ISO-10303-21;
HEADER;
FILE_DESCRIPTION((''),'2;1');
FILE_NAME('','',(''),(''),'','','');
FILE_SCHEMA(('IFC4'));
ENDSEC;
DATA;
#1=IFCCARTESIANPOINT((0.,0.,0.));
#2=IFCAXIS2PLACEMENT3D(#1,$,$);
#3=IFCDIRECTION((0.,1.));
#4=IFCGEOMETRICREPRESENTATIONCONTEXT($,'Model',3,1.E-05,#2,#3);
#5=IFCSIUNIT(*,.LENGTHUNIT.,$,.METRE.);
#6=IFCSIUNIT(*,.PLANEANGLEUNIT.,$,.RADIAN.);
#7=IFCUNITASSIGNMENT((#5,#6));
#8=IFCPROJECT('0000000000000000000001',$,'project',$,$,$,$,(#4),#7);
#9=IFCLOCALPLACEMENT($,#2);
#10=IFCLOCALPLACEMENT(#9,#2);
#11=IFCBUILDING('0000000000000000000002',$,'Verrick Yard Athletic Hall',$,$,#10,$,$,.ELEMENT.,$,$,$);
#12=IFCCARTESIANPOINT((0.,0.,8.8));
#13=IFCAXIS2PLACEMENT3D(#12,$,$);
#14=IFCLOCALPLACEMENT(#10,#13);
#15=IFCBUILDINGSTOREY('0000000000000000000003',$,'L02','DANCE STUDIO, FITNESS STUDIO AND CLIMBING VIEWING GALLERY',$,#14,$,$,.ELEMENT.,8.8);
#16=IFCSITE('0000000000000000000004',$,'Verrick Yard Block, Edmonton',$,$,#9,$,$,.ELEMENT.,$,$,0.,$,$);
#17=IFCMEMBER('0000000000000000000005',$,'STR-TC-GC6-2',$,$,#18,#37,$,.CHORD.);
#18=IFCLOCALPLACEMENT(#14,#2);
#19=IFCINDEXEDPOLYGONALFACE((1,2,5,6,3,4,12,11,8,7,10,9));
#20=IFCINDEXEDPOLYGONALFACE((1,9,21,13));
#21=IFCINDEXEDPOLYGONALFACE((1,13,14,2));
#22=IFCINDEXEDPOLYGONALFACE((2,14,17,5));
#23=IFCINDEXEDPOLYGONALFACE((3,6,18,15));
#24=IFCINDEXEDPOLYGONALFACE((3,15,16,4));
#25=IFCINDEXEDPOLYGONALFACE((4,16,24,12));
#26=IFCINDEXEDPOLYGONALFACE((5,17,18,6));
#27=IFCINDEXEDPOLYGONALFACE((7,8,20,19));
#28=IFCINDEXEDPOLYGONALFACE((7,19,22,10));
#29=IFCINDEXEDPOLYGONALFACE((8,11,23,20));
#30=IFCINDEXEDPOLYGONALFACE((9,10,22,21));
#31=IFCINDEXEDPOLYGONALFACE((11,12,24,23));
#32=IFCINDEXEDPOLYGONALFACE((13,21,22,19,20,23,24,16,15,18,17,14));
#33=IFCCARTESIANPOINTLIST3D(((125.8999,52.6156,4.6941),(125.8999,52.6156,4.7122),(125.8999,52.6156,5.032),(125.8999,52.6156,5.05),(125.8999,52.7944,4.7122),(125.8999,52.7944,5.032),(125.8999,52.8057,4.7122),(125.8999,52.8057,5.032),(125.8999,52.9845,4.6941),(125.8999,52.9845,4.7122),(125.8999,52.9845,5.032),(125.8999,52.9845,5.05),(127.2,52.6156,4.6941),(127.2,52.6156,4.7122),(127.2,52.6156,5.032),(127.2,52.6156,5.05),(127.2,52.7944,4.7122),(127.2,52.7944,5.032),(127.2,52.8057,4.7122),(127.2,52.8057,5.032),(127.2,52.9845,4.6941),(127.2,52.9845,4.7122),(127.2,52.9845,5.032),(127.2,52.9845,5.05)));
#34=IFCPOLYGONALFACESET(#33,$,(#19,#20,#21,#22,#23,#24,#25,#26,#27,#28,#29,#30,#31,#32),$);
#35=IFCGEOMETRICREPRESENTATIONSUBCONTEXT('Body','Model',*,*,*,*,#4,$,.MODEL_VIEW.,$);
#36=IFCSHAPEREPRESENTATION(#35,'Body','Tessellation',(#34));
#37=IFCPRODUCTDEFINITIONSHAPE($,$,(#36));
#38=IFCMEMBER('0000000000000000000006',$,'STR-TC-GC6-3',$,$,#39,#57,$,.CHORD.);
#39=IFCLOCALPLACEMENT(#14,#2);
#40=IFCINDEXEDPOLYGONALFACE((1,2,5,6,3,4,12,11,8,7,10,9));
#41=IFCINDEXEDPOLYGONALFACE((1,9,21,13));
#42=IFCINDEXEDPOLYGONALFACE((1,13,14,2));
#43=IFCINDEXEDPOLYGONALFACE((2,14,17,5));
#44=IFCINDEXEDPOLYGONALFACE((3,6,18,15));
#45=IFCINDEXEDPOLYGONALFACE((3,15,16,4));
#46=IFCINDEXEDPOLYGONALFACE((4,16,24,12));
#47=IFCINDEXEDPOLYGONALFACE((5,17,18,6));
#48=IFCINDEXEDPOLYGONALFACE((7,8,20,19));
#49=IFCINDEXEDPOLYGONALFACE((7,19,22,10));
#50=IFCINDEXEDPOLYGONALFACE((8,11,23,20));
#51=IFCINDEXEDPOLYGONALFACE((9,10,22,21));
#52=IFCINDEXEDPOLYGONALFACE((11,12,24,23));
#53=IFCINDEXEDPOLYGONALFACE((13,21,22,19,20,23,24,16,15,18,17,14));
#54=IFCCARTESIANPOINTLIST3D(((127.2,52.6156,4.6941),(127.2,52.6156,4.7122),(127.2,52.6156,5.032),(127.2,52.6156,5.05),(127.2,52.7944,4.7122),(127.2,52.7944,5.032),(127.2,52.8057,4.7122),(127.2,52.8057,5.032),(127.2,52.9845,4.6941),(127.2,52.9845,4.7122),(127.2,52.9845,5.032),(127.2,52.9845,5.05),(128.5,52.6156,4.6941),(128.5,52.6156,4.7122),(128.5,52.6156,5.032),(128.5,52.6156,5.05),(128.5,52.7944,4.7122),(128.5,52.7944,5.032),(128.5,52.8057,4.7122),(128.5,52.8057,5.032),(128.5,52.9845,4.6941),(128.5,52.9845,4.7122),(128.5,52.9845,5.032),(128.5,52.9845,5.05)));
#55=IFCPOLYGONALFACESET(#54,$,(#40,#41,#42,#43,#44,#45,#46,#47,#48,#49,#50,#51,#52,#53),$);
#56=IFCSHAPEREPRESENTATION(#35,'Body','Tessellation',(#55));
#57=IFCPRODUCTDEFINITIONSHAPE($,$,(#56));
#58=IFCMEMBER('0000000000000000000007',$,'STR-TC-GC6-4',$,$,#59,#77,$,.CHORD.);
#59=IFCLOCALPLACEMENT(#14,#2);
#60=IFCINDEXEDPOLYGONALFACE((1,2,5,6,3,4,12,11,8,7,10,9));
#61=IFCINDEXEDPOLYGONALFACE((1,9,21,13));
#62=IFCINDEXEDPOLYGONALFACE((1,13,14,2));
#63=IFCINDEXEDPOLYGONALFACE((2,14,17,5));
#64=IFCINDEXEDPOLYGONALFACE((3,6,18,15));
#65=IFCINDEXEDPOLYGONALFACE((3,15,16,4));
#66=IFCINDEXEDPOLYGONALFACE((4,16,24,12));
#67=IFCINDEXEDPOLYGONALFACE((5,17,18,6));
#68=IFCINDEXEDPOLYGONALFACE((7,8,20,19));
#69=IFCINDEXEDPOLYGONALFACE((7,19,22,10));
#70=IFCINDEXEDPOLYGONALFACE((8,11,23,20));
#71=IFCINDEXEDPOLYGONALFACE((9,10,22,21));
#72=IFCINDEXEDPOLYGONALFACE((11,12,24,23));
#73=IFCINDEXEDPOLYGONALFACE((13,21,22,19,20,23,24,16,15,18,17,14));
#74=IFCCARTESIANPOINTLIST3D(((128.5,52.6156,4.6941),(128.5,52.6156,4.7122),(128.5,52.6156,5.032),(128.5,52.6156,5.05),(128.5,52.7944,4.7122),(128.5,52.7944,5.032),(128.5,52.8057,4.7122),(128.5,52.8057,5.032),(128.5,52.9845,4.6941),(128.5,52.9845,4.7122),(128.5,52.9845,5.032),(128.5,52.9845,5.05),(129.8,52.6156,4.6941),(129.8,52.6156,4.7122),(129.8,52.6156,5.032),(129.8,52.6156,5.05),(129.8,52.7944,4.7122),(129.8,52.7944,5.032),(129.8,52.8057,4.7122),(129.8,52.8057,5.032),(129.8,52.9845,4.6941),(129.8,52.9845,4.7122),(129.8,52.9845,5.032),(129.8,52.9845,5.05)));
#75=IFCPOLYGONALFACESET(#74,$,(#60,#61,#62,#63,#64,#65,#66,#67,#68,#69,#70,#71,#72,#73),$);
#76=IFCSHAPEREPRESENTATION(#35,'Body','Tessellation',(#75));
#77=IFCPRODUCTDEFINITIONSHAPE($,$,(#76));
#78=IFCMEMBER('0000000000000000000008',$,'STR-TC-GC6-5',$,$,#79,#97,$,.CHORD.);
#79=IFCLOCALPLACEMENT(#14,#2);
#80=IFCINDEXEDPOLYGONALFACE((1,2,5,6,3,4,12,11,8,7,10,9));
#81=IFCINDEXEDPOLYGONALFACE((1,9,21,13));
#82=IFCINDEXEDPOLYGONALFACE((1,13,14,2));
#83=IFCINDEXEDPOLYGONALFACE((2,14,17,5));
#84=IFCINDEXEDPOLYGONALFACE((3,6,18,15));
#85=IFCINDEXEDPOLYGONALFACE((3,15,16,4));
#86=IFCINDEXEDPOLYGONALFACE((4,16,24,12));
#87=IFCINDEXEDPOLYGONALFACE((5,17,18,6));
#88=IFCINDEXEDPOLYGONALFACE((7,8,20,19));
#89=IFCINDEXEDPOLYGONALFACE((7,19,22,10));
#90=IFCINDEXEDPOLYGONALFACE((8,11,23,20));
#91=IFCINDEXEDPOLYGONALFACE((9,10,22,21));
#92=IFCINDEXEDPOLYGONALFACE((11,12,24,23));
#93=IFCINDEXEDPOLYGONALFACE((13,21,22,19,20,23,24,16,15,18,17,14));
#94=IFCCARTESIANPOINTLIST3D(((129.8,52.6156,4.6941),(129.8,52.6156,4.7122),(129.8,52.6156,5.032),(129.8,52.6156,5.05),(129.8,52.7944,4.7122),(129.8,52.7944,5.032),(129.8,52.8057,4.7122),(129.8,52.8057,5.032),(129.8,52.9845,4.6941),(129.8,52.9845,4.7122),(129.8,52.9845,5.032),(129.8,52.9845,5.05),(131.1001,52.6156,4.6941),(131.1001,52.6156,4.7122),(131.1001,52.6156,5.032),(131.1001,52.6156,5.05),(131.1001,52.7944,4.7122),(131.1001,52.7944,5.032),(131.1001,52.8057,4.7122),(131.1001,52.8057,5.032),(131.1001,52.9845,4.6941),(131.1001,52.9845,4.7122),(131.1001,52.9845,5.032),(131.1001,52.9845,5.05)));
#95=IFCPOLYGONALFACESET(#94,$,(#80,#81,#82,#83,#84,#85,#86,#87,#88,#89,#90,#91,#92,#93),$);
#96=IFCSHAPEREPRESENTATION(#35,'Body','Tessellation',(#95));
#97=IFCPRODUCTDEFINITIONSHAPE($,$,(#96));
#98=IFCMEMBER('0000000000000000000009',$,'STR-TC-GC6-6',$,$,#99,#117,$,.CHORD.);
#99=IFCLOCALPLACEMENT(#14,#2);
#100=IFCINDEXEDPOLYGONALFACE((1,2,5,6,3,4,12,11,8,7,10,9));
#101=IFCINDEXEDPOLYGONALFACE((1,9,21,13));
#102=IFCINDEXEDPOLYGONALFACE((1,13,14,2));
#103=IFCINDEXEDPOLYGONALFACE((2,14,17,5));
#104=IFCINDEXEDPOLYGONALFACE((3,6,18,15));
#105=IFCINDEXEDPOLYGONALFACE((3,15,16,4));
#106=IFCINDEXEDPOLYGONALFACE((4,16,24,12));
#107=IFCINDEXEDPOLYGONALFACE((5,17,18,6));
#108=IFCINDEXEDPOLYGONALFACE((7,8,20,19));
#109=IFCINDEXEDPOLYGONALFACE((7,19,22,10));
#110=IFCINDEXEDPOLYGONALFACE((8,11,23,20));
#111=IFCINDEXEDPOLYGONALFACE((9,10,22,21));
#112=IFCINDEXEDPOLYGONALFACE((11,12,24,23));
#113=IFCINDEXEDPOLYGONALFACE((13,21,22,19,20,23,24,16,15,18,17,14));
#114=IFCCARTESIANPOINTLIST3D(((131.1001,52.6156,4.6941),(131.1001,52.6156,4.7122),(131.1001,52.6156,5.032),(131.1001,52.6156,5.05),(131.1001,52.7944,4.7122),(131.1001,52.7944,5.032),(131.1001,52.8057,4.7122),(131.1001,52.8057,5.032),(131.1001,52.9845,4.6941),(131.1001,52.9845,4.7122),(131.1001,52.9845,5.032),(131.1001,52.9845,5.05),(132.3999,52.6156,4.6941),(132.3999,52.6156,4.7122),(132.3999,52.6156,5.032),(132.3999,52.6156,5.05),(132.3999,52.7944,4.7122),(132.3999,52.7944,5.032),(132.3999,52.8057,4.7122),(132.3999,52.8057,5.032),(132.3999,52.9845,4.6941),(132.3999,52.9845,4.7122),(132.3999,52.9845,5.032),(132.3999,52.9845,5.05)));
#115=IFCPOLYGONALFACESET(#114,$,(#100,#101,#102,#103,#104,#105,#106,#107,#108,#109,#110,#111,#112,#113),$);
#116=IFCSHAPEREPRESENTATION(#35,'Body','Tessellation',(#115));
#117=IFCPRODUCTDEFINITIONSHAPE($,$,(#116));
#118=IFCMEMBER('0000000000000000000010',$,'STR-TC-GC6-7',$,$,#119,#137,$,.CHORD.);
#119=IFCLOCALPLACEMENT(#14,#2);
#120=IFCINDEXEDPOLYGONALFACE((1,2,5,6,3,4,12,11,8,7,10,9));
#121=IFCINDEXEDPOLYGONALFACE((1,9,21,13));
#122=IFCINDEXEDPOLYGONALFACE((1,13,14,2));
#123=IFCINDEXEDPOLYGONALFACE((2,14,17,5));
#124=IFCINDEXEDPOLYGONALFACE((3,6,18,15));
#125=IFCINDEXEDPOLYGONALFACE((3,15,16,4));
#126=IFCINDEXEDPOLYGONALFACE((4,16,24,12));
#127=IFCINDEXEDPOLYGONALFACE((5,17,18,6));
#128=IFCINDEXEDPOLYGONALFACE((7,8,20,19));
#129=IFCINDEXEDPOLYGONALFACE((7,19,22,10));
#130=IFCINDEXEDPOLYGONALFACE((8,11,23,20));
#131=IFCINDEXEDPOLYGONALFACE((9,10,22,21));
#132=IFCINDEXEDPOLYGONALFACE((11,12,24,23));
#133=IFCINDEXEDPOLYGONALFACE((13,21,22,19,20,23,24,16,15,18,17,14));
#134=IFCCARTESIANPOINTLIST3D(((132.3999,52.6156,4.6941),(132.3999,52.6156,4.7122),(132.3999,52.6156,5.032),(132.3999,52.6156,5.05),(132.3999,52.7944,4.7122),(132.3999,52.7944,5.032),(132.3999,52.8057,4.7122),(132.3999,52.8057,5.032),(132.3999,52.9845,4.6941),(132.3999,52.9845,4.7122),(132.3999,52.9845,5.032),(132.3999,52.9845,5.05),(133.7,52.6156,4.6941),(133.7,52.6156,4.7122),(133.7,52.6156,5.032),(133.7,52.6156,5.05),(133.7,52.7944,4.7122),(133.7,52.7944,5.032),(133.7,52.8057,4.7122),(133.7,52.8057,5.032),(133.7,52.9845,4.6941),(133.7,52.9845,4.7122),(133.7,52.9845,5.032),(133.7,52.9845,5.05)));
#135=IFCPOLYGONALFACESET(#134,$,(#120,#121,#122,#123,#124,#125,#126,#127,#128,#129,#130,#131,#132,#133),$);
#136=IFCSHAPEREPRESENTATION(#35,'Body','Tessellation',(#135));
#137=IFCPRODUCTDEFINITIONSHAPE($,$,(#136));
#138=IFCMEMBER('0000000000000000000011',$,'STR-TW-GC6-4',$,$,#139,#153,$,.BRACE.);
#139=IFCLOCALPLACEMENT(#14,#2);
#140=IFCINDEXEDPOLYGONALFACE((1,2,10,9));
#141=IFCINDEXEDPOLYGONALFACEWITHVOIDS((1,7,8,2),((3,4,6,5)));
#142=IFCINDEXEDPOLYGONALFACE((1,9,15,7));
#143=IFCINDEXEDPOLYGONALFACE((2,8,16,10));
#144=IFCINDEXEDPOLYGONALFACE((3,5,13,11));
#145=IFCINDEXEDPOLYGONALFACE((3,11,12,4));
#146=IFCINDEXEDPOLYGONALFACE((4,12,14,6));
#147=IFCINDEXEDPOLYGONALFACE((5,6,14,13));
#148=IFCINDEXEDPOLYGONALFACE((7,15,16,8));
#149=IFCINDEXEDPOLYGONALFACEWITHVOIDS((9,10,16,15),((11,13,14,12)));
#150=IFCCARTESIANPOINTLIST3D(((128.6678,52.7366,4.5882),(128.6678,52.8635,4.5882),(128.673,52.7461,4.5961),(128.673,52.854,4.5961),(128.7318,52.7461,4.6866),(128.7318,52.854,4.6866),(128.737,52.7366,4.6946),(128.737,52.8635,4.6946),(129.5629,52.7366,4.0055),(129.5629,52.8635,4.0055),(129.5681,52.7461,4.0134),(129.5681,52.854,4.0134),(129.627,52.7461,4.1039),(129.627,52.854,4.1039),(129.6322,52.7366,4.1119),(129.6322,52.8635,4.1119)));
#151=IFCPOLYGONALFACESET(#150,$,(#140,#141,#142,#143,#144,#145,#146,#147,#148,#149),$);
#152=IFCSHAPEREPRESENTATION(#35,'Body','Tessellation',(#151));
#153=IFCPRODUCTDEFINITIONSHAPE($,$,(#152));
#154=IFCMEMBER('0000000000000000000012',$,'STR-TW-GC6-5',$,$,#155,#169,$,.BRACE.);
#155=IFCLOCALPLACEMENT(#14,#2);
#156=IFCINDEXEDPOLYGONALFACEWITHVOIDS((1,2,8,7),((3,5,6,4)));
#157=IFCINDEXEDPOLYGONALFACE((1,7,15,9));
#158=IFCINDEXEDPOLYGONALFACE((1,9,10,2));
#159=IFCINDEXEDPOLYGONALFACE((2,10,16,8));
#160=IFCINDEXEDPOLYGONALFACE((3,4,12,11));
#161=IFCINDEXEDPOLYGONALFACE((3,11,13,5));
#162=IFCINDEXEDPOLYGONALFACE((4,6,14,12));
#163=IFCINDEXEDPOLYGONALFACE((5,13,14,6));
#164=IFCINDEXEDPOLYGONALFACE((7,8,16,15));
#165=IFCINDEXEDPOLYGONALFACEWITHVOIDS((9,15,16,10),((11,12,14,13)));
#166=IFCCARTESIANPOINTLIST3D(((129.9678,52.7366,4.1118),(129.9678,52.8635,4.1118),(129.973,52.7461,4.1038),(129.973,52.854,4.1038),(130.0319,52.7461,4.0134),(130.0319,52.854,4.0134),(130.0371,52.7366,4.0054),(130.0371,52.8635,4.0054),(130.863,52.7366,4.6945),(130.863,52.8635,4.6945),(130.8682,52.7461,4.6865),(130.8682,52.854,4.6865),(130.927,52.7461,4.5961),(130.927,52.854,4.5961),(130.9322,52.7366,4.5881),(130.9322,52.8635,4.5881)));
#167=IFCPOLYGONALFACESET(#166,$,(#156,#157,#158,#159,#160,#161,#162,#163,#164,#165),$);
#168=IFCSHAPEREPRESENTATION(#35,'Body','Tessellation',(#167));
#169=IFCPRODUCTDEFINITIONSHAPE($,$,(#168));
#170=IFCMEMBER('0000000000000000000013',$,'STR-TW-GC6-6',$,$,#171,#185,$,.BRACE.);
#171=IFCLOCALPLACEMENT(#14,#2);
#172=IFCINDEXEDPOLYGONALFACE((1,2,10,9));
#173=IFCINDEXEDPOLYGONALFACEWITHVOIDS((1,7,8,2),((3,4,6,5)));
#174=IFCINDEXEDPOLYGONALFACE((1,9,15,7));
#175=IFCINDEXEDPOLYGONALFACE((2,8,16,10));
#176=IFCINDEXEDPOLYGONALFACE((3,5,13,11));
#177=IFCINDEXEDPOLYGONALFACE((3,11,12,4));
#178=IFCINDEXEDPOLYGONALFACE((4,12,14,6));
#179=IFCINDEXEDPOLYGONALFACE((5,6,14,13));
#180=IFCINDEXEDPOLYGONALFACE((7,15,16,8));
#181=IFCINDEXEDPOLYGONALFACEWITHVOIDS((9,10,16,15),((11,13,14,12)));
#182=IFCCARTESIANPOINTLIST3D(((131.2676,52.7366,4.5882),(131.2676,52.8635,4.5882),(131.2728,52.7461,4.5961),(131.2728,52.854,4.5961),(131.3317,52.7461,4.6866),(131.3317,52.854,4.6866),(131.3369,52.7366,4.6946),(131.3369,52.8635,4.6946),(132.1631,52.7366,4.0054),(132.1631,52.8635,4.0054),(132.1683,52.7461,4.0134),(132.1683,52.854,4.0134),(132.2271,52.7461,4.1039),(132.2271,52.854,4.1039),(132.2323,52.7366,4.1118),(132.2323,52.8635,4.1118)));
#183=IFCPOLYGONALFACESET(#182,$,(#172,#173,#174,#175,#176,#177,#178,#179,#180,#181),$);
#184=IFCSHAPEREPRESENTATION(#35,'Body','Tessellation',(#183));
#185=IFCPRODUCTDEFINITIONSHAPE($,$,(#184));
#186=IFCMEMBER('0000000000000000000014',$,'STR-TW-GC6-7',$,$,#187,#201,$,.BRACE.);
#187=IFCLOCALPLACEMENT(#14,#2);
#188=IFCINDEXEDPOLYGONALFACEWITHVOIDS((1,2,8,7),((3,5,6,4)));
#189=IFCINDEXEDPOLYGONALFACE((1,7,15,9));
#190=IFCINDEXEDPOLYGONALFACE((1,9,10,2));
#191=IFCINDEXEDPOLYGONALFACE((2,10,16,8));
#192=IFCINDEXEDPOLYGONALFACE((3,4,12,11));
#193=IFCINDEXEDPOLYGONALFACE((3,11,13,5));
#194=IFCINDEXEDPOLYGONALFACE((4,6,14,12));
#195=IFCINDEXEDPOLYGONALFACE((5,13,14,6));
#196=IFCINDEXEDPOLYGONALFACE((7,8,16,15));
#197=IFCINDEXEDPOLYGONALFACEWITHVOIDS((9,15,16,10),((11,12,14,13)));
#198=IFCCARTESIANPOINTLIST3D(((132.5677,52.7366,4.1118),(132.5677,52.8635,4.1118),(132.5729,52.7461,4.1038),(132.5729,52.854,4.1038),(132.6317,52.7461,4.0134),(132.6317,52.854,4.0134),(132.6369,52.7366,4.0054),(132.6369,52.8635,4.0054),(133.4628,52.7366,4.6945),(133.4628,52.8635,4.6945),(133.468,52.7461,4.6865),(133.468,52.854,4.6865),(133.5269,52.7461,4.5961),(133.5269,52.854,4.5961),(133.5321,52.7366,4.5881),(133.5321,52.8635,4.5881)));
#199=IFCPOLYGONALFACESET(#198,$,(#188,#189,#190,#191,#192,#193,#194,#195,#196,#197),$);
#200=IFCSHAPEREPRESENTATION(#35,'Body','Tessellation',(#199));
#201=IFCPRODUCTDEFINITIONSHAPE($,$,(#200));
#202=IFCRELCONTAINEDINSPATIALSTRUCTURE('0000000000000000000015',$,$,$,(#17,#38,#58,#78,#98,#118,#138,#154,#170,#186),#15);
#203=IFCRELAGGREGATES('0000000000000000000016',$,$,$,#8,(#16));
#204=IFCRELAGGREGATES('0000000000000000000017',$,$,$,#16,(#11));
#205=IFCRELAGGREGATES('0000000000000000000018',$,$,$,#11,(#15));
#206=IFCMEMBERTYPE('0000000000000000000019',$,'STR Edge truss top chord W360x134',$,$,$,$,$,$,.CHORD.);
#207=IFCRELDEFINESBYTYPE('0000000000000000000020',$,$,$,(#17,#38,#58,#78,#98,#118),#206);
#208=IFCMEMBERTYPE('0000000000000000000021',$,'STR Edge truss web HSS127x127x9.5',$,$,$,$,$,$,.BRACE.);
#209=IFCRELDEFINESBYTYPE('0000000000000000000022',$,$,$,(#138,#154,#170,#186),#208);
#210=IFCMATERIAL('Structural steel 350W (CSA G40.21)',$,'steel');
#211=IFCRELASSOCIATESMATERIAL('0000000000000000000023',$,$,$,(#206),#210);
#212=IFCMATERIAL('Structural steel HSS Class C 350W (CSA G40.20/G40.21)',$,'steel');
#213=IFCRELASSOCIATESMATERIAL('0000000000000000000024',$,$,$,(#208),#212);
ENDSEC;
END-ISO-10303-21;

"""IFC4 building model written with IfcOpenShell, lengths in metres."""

from ifc_helpers import new_model, si_unit, direction, frame, origin, origin_2d, place, context, subcontext, project, spatial, hollow_rectangle, i_section, extrude, material, material_profile, profile_set, type_object, element, save


model = new_model("IFC4")

# Units and contexts
model_context = context("Model", 3, precision=1e-05, world=origin(), true_north=direction((0.0, 1.0)))
body_context = subcontext(model_context, "Body", "Model", "MODEL_VIEW")
ifc_project = project(units=[si_unit("LENGTHUNIT", "METRE"), si_unit("PLANEANGLEUNIT", "RADIAN")], contexts=[model_context])

# Site, building, storey
site_placement = place(None, origin())
site = spatial("IfcSite", under=ifc_project, at=site_placement, Name="Verrick Yard Block, Edmonton", CompositionType="ELEMENT", RefElevation=0.0)
building_placement = place(site_placement, origin())
building = spatial("IfcBuilding", under=site, at=building_placement, Name="Verrick Yard Athletic Hall", CompositionType="ELEMENT")
storey_placement = place(building_placement, frame((0.0, 0.0, 8.8)))
storey = spatial("IfcBuildingStorey", under=building, at=storey_placement, Name="L02", Description="DANCE STUDIO, FITNESS STUDIO AND CLIMBING VIEWING GALLERY", CompositionType="ELEMENT", Elevation=8.8)

# Shared definitions
ifc_material_1 = material(Name="Structural steel 350W (CSA G40.21)", Category="steel")

# Shared definitions
ifc_material_2 = material(Name="Structural steel HSS Class C 350W (CSA G40.20/G40.21)", Category="steel")

# Members
ifc_material_profile_1 = material_profile(ifc_material_1, i_section(OverallWidth=0.3689, OverallDepth=0.356, WebThickness=0.0112, FlangeThickness=0.0181, at=origin_2d()), Name="W360x134")
ifc_profile_set_1 = profile_set([ifc_material_profile_1], Name="Structural steel 350W (CSA G40.21)")
member_type_1 = type_object("IfcMemberType", Name="STR Edge truss top chord W360x134", PredefinedType="CHORD", material=ifc_profile_set_1)
for number, where, z_axis, x_axis, name in (
    (1, (125.8999, 52.8, 4.8721), (1.0, 0.0, 0.0), (0.0, 1.0, 0.0), "STR-TC-GC6-2"),
    (2, (127.2, 52.8, 4.8721), (1.0, 0.0, 0.0), (0.0, 1.0, 0.0), "STR-TC-GC6-3"),
    (3, (128.5, 52.8, 4.8721), (1.0, 0.0, 0.0), (0.0, 1.0, 0.0), "STR-TC-GC6-4"),
    (4, (129.8, 52.8, 4.8721), (1.0, 0.0, 0.0), (0.0, 1.0, 0.0), "STR-TC-GC6-5"),
):
    element("IfcMember", number, at=place(storey_placement, frame(where, z_axis=z_axis, x_axis=x_axis)), inside=storey, type_object=member_type_1, Name=name, PredefinedType="CHORD", context=body_context, shape_type="SweptSolid", body=[
        extrude(i_section(OverallWidth=0.3689, OverallDepth=0.356, WebThickness=0.0112, FlangeThickness=0.0181, at=origin_2d()), origin(), (0.0, 0.0, 1.0), 1.3),
    ])
member_1_placement = place(storey_placement, frame((131.1001, 52.8, 4.8721), z_axis=(1.0, 0.0, 0.0), x_axis=(0.0, 1.0, 0.0)))
element("IfcMember", 5, at=member_1_placement, inside=storey, type_object=member_type_1, Name="STR-TC-GC6-6", PredefinedType="CHORD", context=body_context, shape_type="SweptSolid", body=[
    extrude(i_section(OverallWidth=0.3689, OverallDepth=0.356, WebThickness=0.0112, FlangeThickness=0.0181, at=origin_2d()), origin(), (0.0, 0.0, 1.0), 1.2998),
])
member_2_placement = place(storey_placement, frame((132.3999, 52.8, 4.8721), z_axis=(1.0, 0.0, 0.0), x_axis=(0.0, 1.0, 0.0)))
element("IfcMember", 6, at=member_2_placement, inside=storey, type_object=member_type_1, Name="STR-TC-GC6-7", PredefinedType="CHORD", context=body_context, shape_type="SweptSolid", body=[
    extrude(i_section(OverallWidth=0.3689, OverallDepth=0.356, WebThickness=0.0112, FlangeThickness=0.0181, at=origin_2d()), origin(), (0.0, 0.0, 1.0), 1.3),
])
ifc_material_profile_2 = material_profile(ifc_material_2, hollow_rectangle(XDim=0.127, YDim=0.127, WallThickness=0.0095, at=origin_2d()), Name="HSS127x127x9.5")
ifc_profile_set_2 = profile_set([ifc_material_profile_2], Name="Structural steel HSS Class C 350W (CSA G40.20/G40.21)")
member_type_2 = type_object("IfcMemberType", Name="STR Edge truss web HSS127x127x9.5", PredefinedType="BRACE", material=ifc_profile_set_2)
for number, where, z_axis, x_axis, name in (
    (7, (128.7024, 52.8, 4.6414), (0.838083, 0.0, -0.545543), (0.0, 1.0, 0.0), "STR-TW-GC6-4"),
    (8, (130.0024, 52.8, 4.0586), (0.838083, 0.0, 0.545543), (0.0, 1.0, 0.0), "STR-TW-GC6-5"),
):
    element("IfcMember", number, at=place(storey_placement, frame(where, z_axis=z_axis, x_axis=x_axis)), inside=storey, type_object=member_type_2, Name=name, PredefinedType="BRACE", context=body_context, shape_type="SweptSolid", body=[
        extrude(hollow_rectangle(XDim=0.127, YDim=0.127, WallThickness=0.0095, at=origin_2d()), origin(), (0.0, 0.0, 1.0), 1.0681),
    ])
member_3_placement = place(storey_placement, frame((131.3022, 52.8, 4.6414), z_axis=(0.838151, 0.0, -0.545438), x_axis=(0.0, 1.0, 0.0)))
element("IfcMember", 9, at=member_3_placement, inside=storey, type_object=member_type_2, Name="STR-TW-GC6-6", PredefinedType="BRACE", context=body_context, shape_type="SweptSolid", body=[
    extrude(hollow_rectangle(XDim=0.127, YDim=0.127, WallThickness=0.0095, at=origin_2d()), origin(), (0.0, 0.0, 1.0), 1.0684),
])
member_4_placement = place(storey_placement, frame((132.6023, 52.8, 4.0586), z_axis=(0.838083, 0.0, 0.545543), x_axis=(0.0, 1.0, 0.0)))
element("IfcMember", 10, at=member_4_placement, inside=storey, type_object=member_type_2, Name="STR-TW-GC6-7", PredefinedType="BRACE", context=body_context, shape_type="SweptSolid", body=[
    extrude(hollow_rectangle(XDim=0.127, YDim=0.127, WallThickness=0.0095, at=origin_2d()), origin(), (0.0, 0.0, 1.0), 1.0681),
])

save(model, "model.ifc")
